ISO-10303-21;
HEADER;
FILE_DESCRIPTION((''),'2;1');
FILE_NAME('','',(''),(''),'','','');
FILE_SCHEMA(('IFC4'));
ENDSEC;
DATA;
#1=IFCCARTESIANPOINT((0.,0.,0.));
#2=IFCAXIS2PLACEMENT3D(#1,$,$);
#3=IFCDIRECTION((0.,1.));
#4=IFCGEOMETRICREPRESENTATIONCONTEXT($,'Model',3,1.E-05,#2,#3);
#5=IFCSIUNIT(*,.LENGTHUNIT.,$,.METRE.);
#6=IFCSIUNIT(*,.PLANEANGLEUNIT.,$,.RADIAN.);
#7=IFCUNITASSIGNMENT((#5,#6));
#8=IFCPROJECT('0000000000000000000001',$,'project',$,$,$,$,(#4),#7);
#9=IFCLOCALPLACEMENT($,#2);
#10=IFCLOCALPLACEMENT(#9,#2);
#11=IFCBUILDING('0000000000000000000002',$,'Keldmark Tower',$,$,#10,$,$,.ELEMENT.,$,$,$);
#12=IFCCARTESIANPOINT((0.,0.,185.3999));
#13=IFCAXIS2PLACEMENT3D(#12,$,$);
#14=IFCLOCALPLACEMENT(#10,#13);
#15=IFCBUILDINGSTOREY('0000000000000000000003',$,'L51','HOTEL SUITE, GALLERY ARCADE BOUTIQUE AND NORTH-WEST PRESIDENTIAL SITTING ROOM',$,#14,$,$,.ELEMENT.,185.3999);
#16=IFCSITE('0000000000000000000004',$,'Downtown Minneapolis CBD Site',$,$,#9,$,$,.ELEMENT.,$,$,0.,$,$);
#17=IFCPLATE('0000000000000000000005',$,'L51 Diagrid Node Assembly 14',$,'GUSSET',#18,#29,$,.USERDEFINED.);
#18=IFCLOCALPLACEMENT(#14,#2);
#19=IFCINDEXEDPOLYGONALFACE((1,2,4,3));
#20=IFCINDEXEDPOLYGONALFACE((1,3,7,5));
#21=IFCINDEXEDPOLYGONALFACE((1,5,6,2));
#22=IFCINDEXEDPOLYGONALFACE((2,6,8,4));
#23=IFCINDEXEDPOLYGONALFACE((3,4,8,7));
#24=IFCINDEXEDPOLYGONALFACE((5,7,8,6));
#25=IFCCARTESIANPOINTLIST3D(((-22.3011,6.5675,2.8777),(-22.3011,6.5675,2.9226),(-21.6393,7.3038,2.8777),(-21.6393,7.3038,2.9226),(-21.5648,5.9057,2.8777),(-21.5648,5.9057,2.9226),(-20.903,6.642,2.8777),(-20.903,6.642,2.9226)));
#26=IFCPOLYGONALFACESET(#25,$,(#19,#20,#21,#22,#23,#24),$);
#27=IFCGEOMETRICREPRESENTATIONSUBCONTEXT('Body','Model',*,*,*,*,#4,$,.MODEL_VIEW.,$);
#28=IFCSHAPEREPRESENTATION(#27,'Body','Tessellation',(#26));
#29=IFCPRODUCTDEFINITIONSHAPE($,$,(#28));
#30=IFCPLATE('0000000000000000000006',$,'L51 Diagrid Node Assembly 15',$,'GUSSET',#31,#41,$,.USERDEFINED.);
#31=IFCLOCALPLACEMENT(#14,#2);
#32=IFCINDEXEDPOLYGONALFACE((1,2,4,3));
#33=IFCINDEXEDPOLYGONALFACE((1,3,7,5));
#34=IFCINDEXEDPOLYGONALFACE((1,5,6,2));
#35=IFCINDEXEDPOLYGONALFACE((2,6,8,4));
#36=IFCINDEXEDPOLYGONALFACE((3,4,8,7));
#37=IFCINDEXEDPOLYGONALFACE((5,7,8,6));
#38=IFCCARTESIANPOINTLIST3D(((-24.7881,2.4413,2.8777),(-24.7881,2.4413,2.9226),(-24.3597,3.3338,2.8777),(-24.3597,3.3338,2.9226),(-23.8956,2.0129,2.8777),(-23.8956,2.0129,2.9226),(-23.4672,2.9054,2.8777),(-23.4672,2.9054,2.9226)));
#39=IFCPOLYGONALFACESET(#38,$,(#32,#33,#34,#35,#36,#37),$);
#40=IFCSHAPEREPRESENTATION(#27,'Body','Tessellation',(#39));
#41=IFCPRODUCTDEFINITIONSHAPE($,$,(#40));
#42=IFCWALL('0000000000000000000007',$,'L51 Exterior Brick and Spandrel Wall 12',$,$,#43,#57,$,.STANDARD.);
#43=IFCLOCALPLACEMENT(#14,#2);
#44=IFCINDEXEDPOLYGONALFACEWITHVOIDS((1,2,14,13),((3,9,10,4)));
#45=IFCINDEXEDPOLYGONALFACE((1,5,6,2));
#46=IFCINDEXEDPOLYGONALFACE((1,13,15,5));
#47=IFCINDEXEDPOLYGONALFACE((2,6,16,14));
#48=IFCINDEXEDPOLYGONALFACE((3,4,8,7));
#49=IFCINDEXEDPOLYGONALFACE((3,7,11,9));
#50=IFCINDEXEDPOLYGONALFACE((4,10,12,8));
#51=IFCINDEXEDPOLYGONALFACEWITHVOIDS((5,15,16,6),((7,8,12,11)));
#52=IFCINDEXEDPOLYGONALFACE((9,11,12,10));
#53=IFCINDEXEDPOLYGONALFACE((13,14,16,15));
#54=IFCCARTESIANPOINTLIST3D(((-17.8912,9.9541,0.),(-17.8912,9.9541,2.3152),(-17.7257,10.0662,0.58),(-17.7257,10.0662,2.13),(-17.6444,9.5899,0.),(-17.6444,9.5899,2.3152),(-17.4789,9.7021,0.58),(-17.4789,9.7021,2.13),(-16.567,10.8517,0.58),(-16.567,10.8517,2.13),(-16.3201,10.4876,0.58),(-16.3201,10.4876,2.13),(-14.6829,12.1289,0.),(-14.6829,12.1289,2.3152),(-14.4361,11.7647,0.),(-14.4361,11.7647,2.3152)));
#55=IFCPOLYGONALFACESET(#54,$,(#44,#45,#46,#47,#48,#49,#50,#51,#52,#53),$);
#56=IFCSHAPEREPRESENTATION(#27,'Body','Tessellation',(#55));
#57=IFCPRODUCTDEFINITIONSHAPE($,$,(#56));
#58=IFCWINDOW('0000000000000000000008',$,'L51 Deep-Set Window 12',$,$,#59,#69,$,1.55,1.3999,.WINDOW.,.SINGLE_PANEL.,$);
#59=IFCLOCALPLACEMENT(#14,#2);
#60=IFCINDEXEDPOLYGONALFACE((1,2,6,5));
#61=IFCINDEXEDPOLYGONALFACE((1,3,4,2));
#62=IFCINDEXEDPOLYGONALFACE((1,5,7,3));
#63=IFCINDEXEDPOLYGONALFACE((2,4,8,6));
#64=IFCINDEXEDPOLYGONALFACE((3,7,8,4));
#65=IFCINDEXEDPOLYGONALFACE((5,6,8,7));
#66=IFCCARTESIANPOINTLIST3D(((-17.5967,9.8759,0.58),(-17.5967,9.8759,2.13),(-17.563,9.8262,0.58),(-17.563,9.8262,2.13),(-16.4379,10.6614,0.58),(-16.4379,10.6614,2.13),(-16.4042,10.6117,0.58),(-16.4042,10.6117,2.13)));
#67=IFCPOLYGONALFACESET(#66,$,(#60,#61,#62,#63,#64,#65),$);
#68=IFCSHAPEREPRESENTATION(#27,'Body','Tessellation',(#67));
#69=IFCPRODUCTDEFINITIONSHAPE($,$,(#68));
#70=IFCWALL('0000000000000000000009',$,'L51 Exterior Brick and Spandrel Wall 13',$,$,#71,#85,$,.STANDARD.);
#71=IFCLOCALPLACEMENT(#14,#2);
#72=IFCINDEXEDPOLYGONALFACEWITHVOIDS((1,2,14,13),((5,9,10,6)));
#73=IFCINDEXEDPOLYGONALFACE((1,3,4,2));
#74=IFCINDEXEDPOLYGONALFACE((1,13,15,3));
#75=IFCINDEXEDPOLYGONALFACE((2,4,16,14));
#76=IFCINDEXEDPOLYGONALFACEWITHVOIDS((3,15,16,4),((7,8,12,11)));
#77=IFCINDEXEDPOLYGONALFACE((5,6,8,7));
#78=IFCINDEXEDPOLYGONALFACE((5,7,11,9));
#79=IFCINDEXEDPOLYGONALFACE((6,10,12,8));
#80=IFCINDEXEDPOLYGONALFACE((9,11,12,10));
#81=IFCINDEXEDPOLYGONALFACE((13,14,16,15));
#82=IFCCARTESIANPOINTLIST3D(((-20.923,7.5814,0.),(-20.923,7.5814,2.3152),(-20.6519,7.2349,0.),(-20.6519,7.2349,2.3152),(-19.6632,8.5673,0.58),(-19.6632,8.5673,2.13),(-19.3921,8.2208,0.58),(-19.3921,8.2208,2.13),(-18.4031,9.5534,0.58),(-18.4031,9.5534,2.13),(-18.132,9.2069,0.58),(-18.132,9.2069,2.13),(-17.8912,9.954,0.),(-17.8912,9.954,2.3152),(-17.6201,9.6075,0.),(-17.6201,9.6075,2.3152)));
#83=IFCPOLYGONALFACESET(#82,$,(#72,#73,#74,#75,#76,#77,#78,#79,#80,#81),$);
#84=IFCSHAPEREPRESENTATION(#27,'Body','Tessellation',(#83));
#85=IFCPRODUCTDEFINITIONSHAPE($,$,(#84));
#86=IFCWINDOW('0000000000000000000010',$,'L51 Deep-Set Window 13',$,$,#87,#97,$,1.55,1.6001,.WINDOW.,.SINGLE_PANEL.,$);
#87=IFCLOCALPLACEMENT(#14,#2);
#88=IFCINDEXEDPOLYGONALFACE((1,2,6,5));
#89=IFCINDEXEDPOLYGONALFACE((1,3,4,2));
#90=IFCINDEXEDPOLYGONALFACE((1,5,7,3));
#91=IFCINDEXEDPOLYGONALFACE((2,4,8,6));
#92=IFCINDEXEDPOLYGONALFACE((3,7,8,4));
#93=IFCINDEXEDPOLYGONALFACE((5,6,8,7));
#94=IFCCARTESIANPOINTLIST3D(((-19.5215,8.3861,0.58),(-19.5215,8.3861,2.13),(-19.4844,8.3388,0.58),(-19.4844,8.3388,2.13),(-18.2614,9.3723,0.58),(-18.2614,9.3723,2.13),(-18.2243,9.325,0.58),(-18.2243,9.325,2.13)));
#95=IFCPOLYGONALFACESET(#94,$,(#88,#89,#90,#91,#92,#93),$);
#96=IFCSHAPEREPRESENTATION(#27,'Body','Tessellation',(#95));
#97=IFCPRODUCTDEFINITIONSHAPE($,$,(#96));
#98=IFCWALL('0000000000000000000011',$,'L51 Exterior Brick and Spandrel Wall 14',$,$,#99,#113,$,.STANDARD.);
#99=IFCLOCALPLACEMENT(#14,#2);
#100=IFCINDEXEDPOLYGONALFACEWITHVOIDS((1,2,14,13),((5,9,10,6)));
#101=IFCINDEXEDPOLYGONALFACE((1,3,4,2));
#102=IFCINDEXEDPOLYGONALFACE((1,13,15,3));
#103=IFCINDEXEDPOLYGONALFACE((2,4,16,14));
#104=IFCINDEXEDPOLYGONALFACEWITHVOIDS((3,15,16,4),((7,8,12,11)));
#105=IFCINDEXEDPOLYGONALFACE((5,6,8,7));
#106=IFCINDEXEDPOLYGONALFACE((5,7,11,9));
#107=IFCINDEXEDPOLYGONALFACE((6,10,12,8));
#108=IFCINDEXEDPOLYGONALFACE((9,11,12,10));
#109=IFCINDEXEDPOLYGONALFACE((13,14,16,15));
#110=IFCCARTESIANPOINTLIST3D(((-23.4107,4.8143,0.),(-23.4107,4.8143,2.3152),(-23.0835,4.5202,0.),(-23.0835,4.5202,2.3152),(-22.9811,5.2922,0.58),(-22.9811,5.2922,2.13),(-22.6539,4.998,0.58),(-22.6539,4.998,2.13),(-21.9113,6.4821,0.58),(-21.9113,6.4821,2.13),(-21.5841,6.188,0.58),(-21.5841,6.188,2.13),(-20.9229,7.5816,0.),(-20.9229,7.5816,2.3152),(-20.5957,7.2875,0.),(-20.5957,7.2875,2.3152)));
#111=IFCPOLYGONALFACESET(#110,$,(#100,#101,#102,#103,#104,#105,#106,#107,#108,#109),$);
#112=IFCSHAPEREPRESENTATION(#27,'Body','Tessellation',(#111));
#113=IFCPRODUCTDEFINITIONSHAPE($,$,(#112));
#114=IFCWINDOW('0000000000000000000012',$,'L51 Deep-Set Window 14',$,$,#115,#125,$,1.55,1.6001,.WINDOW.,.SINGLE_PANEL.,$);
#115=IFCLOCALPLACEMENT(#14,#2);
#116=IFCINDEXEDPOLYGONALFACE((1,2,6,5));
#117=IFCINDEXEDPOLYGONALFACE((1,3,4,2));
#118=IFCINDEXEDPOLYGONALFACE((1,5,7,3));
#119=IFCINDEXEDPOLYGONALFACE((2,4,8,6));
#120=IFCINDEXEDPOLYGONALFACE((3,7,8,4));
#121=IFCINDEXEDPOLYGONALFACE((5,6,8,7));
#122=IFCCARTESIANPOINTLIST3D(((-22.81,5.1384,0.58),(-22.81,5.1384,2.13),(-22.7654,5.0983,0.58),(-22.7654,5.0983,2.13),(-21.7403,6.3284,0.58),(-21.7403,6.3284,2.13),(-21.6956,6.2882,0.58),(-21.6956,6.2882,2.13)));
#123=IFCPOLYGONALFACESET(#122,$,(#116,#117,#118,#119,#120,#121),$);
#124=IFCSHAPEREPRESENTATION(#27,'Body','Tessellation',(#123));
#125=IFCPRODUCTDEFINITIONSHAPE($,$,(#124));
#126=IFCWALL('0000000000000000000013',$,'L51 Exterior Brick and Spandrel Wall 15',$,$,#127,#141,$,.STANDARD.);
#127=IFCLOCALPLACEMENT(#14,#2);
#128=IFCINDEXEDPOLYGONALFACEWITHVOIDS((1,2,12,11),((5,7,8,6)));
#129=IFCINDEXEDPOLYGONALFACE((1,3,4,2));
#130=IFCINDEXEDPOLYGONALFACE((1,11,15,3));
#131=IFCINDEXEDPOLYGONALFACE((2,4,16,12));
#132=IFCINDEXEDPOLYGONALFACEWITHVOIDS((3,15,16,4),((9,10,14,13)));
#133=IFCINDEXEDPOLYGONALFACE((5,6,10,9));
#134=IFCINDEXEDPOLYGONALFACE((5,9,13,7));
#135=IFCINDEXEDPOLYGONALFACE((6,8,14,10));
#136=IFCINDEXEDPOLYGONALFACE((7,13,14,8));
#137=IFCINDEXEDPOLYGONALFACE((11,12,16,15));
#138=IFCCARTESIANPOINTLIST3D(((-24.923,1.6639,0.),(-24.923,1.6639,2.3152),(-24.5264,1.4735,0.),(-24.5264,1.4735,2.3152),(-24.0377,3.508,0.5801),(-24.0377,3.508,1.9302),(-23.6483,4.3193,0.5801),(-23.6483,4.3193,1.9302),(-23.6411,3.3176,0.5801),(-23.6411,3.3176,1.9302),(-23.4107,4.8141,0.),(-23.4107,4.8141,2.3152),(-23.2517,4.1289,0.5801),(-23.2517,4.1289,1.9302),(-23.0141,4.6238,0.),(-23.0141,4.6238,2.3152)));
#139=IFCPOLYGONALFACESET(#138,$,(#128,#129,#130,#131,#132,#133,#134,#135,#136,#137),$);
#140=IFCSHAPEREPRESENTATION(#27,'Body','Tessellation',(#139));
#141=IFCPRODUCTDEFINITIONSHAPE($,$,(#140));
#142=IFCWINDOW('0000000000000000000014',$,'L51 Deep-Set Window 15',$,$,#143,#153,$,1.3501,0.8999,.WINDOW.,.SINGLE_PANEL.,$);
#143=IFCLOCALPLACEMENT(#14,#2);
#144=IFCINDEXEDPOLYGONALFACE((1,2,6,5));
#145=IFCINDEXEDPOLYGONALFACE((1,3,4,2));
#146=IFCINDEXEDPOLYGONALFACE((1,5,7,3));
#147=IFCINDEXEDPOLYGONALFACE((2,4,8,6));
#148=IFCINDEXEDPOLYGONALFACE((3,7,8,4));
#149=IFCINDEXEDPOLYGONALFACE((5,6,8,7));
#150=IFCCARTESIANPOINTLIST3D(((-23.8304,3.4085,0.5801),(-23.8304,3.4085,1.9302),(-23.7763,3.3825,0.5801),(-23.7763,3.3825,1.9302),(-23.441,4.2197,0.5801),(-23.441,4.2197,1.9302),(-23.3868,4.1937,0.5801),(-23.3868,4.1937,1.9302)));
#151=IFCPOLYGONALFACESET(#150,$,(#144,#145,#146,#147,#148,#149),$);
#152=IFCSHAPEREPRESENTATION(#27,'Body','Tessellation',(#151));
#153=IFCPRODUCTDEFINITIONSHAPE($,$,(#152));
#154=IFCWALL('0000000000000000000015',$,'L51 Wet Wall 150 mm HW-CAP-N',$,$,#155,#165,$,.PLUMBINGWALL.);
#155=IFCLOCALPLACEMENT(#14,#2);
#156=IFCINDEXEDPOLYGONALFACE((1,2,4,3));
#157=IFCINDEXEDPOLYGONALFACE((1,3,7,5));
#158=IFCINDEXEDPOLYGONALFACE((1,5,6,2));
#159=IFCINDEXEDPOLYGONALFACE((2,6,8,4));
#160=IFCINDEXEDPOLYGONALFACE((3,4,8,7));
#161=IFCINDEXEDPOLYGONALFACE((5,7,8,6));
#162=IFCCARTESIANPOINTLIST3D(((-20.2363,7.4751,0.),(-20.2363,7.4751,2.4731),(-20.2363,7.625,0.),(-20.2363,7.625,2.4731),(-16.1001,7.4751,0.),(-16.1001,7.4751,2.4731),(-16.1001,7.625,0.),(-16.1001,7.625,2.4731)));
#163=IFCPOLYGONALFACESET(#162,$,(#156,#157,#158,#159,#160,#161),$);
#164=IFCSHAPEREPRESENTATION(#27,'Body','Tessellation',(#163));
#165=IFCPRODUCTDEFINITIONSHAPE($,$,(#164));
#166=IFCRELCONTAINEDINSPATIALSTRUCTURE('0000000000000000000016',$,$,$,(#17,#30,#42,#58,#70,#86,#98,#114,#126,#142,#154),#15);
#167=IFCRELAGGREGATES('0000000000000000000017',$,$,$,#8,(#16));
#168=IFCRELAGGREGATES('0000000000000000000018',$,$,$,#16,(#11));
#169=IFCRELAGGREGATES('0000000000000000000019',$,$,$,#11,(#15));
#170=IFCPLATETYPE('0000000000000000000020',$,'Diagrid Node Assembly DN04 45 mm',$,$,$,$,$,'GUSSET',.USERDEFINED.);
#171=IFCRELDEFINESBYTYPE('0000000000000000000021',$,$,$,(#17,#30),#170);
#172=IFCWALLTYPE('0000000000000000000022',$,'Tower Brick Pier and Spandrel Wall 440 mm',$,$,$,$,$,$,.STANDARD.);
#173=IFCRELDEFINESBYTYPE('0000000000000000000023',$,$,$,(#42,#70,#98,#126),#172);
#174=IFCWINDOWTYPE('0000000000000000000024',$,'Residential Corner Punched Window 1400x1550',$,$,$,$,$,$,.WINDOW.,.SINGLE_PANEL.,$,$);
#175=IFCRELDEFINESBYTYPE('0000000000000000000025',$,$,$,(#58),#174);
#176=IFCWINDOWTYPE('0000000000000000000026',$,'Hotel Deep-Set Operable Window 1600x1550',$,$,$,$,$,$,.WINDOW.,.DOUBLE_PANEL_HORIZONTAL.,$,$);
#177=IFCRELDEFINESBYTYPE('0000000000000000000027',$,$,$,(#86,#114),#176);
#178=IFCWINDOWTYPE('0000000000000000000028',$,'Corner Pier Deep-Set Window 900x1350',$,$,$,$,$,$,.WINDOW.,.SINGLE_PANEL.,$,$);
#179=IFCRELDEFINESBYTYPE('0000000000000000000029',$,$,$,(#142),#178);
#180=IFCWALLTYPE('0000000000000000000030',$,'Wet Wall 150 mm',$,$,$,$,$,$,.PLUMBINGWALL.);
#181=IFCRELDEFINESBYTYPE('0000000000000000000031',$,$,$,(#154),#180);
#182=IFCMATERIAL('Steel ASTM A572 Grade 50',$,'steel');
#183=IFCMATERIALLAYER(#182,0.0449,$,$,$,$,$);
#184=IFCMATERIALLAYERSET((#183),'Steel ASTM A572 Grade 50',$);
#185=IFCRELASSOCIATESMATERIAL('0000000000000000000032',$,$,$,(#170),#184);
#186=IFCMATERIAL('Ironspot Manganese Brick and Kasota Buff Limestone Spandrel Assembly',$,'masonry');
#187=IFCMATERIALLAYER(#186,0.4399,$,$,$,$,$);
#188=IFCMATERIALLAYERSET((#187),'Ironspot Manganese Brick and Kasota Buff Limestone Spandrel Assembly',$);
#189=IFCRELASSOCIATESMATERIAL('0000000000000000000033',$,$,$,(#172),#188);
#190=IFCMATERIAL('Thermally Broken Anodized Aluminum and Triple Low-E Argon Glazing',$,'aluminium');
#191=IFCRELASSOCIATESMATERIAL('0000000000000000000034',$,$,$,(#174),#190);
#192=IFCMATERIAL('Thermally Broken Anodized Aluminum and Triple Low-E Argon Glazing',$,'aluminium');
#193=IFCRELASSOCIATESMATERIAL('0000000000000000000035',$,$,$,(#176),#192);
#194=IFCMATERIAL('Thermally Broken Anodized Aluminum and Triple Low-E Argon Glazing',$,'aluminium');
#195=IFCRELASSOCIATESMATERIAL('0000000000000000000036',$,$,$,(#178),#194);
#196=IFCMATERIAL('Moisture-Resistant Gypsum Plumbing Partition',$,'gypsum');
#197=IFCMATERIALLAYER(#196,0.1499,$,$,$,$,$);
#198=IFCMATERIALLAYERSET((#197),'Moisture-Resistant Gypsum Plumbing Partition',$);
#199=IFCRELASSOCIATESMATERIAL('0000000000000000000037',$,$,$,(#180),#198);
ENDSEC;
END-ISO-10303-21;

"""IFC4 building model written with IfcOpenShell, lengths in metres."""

from ifc_helpers import new_model, si_unit, direction, frame, frame_2d, origin, origin_2d, place, context, subcontext, project, spatial, rectangle, extrude, material, layer, layer_set, type_object, element, fill, save


model = new_model("IFC4")

# Units and contexts
model_context = context("Model", 3, precision=1e-05, world=origin(), true_north=direction((0.0, 1.0)))
body_context = subcontext(model_context, "Body", "Model", "MODEL_VIEW")
ifc_project = project(units=[si_unit("LENGTHUNIT", "METRE"), si_unit("PLANEANGLEUNIT", "RADIAN")], contexts=[model_context])

# Site, building, storey
site_placement = place(None, origin())
site = spatial("IfcSite", under=ifc_project, at=site_placement, Name="Downtown Minneapolis CBD Site", CompositionType="ELEMENT", RefElevation=0.0)
building_placement = place(site_placement, origin())
building = spatial("IfcBuilding", under=site, at=building_placement, Name="Keldmark Tower", CompositionType="ELEMENT")
storey_placement = place(building_placement, frame((0.0, 0.0, 185.3999)))
storey = spatial("IfcBuildingStorey", under=building, at=storey_placement, Name="L51", Description="HOTEL SUITE, GALLERY ARCADE BOUTIQUE AND NORTH-WEST PRESIDENTIAL SITTING ROOM", CompositionType="ELEMENT", Elevation=185.3999)

# Plates
ifc_material_1 = material(Name="Steel ASTM A572 Grade 50", Category="steel")
ifc_layer_1 = layer(ifc_material_1, 0.0449)
ifc_layer_set_1 = layer_set([ifc_layer_1], Name="Steel ASTM A572 Grade 50")
plate_type = type_object("IfcPlateType", Name="Diagrid Node Assembly DN04 45 mm", ElementType="GUSSET", PredefinedType="USERDEFINED", material=ifc_layer_set_1)
for number, where, z_axis, x_axis, name in (
    (1, (-21.6021, 6.6047, 2.8777), (0.0, 0.0, 1.0), (-0.668482, -0.743728, 0.0), "L51 Diagrid Node Assembly 14"),
    (2, (-24.1277, 2.6733, 2.8777), (0.0, 0.0, 1.0), (-0.432715, -0.901531, 0.0), "L51 Diagrid Node Assembly 15"),
):
    element("IfcPlate", number, at=place(storey_placement, frame(where, z_axis=z_axis, x_axis=x_axis)), inside=storey, type_object=plate_type, Name=name, ObjectType="GUSSET", PredefinedType="USERDEFINED", context=body_context, shape_type="SweptSolid", body=[
        extrude(rectangle(XDim=0.99, YDim=0.99, at=origin_2d()), origin(), (0.0, 0.0, 1.0), 0.0449),
    ])

# Walls, openings, windows
ifc_material_2 = material(Name="Ironspot Manganese Brick and Kasota Buff Limestone Spandrel Assembly", Category="masonry")
ifc_layer_2 = layer(ifc_material_2, 0.4399)
ifc_layer_set_2 = layer_set([ifc_layer_2], Name="Ironspot Manganese Brick and Kasota Buff Limestone Spandrel Assembly")
wall_type_1 = type_object("IfcWallType", Name="Tower Brick Pier and Spandrel Wall 440 mm", PredefinedType="STANDARD", material=ifc_layer_set_2)
wall_1_placement = place(storey_placement, frame((-17.7678, 9.772, 0.0), z_axis=(0.0, 0.0, 1.0), x_axis=(0.827742, 0.561109, 0.0)))
wall_1 = element("IfcWall", 3, at=wall_1_placement, inside=storey, type_object=wall_type_1, Name="L51 Exterior Brick and Spandrel Wall 12", PredefinedType="STANDARD", context=body_context, shape_type="SweptSolid", body=[
    extrude(rectangle(XDim=3.876, YDim=0.4399, at=frame_2d((1.938, 0.0))), origin(), (0.0, 0.0, 1.0), 2.3152),
])
opening_1_placement = place(wall_1_placement, frame((0.2, 0.0, 0.5801)))
opening_1 = element("IfcOpeningElement", 4, at=opening_1_placement, cuts=wall_1, PredefinedType="OPENING", context=body_context, shape_type="SweptSolid", body=[
    extrude(rectangle(XDim=1.3999, YDim=1.55, at=frame_2d((0.7, 0.7749))), frame((0.0, 0.23, 0.0), z_axis=(0.0, -1.0, 0.0), x_axis=(1.0, 0.0, 0.0)), (0.0, 0.0, 1.0), 0.46),
])
ifc_material_3 = material(Name="Thermally Broken Anodized Aluminum and Triple Low-E Argon Glazing", Category="aluminium")
window_type_1 = type_object("IfcWindowType", Name="Residential Corner Punched Window 1400x1550", PartitioningType="SINGLE_PANEL", PredefinedType="WINDOW", material=ifc_material_3)
window_1_placement = place(opening_1_placement, origin())
window_1 = element("IfcWindow", 5, at=window_1_placement, inside=storey, type_object=window_type_1, Name="L51 Deep-Set Window 12", OverallHeight=1.55, OverallWidth=1.3999, PartitioningType="SINGLE_PANEL", PredefinedType="WINDOW", context=body_context, shape_type="SweptSolid", body=[
    extrude(rectangle(XDim=1.3999, YDim=1.55, at=frame_2d((0.7, 0.7749))), frame((0.0, -0.01, 0.0), z_axis=(0.0, -1.0, 0.0), x_axis=(1.0, 0.0, 0.0)), (0.0, 0.0, 1.0), 0.0601),
])
fill(opening_1, window_1)
wall_2_placement = place(storey_placement, frame((-20.7874, 7.4082, 0.0), z_axis=(0.0, 0.0, 1.0), x_axis=(0.787518, 0.616291, 0.0)))
wall_2 = element("IfcWall", 6, at=wall_2_placement, inside=storey, type_object=wall_type_1, Name="L51 Exterior Brick and Spandrel Wall 13", PredefinedType="STANDARD", context=body_context, shape_type="SweptSolid", body=[
    extrude(rectangle(XDim=3.8499, YDim=0.4399, at=frame_2d((1.9248, 0.0))), origin(), (0.0, 0.0, 1.0), 2.3152),
])
opening_2_placement = place(wall_2_placement, frame((1.5996, 0.0, 0.5801)))
opening_2 = element("IfcOpeningElement", 7, at=opening_2_placement, cuts=wall_2, PredefinedType="OPENING", context=body_context, shape_type="SweptSolid", body=[
    extrude(rectangle(XDim=1.6001, YDim=1.55, at=frame_2d((0.8, 0.7749))), frame((0.0, 0.23, 0.0), z_axis=(0.0, -1.0, 0.0), x_axis=(1.0, 0.0, 0.0)), (0.0, 0.0, 1.0), 0.46),
])
ifc_material_4 = material(Name="Thermally Broken Anodized Aluminum and Triple Low-E Argon Glazing", Category="aluminium")
window_type_2 = type_object("IfcWindowType", Name="Hotel Deep-Set Operable Window 1600x1550", PartitioningType="DOUBLE_PANEL_HORIZONTAL", PredefinedType="WINDOW", material=ifc_material_4)
window_2_placement = place(opening_2_placement, origin())
window_2 = element("IfcWindow", 8, at=window_2_placement, inside=storey, type_object=window_type_2, Name="L51 Deep-Set Window 13", OverallHeight=1.55, OverallWidth=1.6001, PartitioningType="SINGLE_PANEL", PredefinedType="WINDOW", context=body_context, shape_type="SweptSolid", body=[
    extrude(rectangle(XDim=1.6001, YDim=1.55, at=frame_2d((0.8, 0.7749))), frame((0.0, -0.01, 0.0), z_axis=(0.0, -1.0, 0.0), x_axis=(1.0, 0.0, 0.0)), (0.0, 0.0, 1.0), 0.0601),
])
fill(opening_2, window_2)
wall_3_placement = place(storey_placement, frame((-23.2471, 4.6672, 0.0), z_axis=(0.0, 0.0, 1.0), x_axis=(0.668548, 0.743669, 0.0)))
wall_3 = element("IfcWall", 9, at=wall_3_placement, inside=storey, type_object=wall_type_1, Name="L51 Exterior Brick and Spandrel Wall 14", PredefinedType="STANDARD", context=body_context, shape_type="SweptSolid", body=[
    extrude(rectangle(XDim=3.7212, YDim=0.4399, at=frame_2d((1.8606, 0.0))), origin(), (0.0, 0.0, 1.0), 2.3152),
])
opening_3_placement = place(wall_3_placement, frame((0.6426, 0.0, 0.5801)))
opening_3 = element("IfcOpeningElement", 10, at=opening_3_placement, cuts=wall_3, PredefinedType="OPENING", context=body_context, shape_type="SweptSolid", body=[
    extrude(rectangle(XDim=1.6001, YDim=1.55, at=frame_2d((0.8, 0.7749))), frame((0.0, 0.23, 0.0), z_axis=(0.0, -1.0, 0.0), x_axis=(1.0, 0.0, 0.0)), (0.0, 0.0, 1.0), 0.46),
])
window_3_placement = place(opening_3_placement, origin())
window_3 = element("IfcWindow", 11, at=window_3_placement, inside=storey, type_object=window_type_2, Name="L51 Deep-Set Window 14", OverallHeight=1.55, OverallWidth=1.6001, PartitioningType="SINGLE_PANEL", PredefinedType="WINDOW", context=body_context, shape_type="SweptSolid", body=[
    extrude(rectangle(XDim=1.6001, YDim=1.55, at=frame_2d((0.8, 0.7749))), frame((0.0, -0.01, 0.0), z_axis=(0.0, -1.0, 0.0), x_axis=(1.0, 0.0, 0.0)), (0.0, 0.0, 1.0), 0.0601),
])
fill(opening_3, window_3)
wall_4_placement = place(storey_placement, frame((-24.7246, 1.5688, 0.0), z_axis=(0.0, 0.0, 1.0), x_axis=(0.432763, 0.901508, 0.0)))
wall_4 = element("IfcWall", 12, at=wall_4_placement, inside=storey, type_object=wall_type_1, Name="L51 Exterior Brick and Spandrel Wall 15", PredefinedType="STANDARD", context=body_context, shape_type="SweptSolid", body=[
    extrude(rectangle(XDim=3.4944, YDim=0.4399, at=frame_2d((1.7471, 0.0))), origin(), (0.0, 0.0, 1.0), 2.3152),
])
opening_4_placement = place(wall_4_placement, frame((2.0454, 0.0, 0.5801)))
opening_4 = element("IfcOpeningElement", 13, at=opening_4_placement, cuts=wall_4, PredefinedType="OPENING", context=body_context, shape_type="SweptSolid", body=[
    extrude(rectangle(XDim=0.8999, YDim=1.3501, at=frame_2d((0.45, 0.675))), frame((0.0, 0.23, 0.0), z_axis=(0.0, -1.0, 0.0), x_axis=(1.0, 0.0, 0.0)), (0.0, 0.0, 1.0), 0.46),
])
ifc_material_5 = material(Name="Thermally Broken Anodized Aluminum and Triple Low-E Argon Glazing", Category="aluminium")
window_type_3 = type_object("IfcWindowType", Name="Corner Pier Deep-Set Window 900x1350", PartitioningType="SINGLE_PANEL", PredefinedType="WINDOW", material=ifc_material_5)
window_4_placement = place(opening_4_placement, origin())
window_4 = element("IfcWindow", 14, at=window_4_placement, inside=storey, type_object=window_type_3, Name="L51 Deep-Set Window 15", OverallHeight=1.3501, OverallWidth=0.8999, PartitioningType="SINGLE_PANEL", PredefinedType="WINDOW", context=body_context, shape_type="SweptSolid", body=[
    extrude(rectangle(XDim=0.8999, YDim=1.3501, at=frame_2d((0.45, 0.675))), frame((0.0, -0.01, 0.0), z_axis=(0.0, -1.0, 0.0), x_axis=(1.0, 0.0, 0.0)), (0.0, 0.0, 1.0), 0.0601),
])
fill(opening_4, window_4)

# Wall
ifc_material_6 = material(Name="Moisture-Resistant Gypsum Plumbing Partition", Category="gypsum")
ifc_layer_3 = layer(ifc_material_6, 0.1499)
ifc_layer_set_3 = layer_set([ifc_layer_3], Name="Moisture-Resistant Gypsum Plumbing Partition")
wall_type_2 = type_object("IfcWallType", Name="Wet Wall 150 mm", PredefinedType="PLUMBINGWALL", material=ifc_layer_set_3)
wall_5_placement = place(storey_placement, frame((-20.2363, 7.55, 0.0), z_axis=(0.0, 0.0, 1.0), x_axis=(1.0, 0.0, 0.0)))
element("IfcWall", 15, at=wall_5_placement, inside=storey, type_object=wall_type_2, Name="L51 Wet Wall 150 mm HW-CAP-N", PredefinedType="PLUMBINGWALL", context=body_context, shape_type="SweptSolid", body=[
    extrude(rectangle(XDim=4.1362, YDim=0.1499, at=frame_2d((2.0681, 0.0))), origin(), (0.0, 0.0, 1.0), 2.4731),
])

save(model, "model.ifc")
